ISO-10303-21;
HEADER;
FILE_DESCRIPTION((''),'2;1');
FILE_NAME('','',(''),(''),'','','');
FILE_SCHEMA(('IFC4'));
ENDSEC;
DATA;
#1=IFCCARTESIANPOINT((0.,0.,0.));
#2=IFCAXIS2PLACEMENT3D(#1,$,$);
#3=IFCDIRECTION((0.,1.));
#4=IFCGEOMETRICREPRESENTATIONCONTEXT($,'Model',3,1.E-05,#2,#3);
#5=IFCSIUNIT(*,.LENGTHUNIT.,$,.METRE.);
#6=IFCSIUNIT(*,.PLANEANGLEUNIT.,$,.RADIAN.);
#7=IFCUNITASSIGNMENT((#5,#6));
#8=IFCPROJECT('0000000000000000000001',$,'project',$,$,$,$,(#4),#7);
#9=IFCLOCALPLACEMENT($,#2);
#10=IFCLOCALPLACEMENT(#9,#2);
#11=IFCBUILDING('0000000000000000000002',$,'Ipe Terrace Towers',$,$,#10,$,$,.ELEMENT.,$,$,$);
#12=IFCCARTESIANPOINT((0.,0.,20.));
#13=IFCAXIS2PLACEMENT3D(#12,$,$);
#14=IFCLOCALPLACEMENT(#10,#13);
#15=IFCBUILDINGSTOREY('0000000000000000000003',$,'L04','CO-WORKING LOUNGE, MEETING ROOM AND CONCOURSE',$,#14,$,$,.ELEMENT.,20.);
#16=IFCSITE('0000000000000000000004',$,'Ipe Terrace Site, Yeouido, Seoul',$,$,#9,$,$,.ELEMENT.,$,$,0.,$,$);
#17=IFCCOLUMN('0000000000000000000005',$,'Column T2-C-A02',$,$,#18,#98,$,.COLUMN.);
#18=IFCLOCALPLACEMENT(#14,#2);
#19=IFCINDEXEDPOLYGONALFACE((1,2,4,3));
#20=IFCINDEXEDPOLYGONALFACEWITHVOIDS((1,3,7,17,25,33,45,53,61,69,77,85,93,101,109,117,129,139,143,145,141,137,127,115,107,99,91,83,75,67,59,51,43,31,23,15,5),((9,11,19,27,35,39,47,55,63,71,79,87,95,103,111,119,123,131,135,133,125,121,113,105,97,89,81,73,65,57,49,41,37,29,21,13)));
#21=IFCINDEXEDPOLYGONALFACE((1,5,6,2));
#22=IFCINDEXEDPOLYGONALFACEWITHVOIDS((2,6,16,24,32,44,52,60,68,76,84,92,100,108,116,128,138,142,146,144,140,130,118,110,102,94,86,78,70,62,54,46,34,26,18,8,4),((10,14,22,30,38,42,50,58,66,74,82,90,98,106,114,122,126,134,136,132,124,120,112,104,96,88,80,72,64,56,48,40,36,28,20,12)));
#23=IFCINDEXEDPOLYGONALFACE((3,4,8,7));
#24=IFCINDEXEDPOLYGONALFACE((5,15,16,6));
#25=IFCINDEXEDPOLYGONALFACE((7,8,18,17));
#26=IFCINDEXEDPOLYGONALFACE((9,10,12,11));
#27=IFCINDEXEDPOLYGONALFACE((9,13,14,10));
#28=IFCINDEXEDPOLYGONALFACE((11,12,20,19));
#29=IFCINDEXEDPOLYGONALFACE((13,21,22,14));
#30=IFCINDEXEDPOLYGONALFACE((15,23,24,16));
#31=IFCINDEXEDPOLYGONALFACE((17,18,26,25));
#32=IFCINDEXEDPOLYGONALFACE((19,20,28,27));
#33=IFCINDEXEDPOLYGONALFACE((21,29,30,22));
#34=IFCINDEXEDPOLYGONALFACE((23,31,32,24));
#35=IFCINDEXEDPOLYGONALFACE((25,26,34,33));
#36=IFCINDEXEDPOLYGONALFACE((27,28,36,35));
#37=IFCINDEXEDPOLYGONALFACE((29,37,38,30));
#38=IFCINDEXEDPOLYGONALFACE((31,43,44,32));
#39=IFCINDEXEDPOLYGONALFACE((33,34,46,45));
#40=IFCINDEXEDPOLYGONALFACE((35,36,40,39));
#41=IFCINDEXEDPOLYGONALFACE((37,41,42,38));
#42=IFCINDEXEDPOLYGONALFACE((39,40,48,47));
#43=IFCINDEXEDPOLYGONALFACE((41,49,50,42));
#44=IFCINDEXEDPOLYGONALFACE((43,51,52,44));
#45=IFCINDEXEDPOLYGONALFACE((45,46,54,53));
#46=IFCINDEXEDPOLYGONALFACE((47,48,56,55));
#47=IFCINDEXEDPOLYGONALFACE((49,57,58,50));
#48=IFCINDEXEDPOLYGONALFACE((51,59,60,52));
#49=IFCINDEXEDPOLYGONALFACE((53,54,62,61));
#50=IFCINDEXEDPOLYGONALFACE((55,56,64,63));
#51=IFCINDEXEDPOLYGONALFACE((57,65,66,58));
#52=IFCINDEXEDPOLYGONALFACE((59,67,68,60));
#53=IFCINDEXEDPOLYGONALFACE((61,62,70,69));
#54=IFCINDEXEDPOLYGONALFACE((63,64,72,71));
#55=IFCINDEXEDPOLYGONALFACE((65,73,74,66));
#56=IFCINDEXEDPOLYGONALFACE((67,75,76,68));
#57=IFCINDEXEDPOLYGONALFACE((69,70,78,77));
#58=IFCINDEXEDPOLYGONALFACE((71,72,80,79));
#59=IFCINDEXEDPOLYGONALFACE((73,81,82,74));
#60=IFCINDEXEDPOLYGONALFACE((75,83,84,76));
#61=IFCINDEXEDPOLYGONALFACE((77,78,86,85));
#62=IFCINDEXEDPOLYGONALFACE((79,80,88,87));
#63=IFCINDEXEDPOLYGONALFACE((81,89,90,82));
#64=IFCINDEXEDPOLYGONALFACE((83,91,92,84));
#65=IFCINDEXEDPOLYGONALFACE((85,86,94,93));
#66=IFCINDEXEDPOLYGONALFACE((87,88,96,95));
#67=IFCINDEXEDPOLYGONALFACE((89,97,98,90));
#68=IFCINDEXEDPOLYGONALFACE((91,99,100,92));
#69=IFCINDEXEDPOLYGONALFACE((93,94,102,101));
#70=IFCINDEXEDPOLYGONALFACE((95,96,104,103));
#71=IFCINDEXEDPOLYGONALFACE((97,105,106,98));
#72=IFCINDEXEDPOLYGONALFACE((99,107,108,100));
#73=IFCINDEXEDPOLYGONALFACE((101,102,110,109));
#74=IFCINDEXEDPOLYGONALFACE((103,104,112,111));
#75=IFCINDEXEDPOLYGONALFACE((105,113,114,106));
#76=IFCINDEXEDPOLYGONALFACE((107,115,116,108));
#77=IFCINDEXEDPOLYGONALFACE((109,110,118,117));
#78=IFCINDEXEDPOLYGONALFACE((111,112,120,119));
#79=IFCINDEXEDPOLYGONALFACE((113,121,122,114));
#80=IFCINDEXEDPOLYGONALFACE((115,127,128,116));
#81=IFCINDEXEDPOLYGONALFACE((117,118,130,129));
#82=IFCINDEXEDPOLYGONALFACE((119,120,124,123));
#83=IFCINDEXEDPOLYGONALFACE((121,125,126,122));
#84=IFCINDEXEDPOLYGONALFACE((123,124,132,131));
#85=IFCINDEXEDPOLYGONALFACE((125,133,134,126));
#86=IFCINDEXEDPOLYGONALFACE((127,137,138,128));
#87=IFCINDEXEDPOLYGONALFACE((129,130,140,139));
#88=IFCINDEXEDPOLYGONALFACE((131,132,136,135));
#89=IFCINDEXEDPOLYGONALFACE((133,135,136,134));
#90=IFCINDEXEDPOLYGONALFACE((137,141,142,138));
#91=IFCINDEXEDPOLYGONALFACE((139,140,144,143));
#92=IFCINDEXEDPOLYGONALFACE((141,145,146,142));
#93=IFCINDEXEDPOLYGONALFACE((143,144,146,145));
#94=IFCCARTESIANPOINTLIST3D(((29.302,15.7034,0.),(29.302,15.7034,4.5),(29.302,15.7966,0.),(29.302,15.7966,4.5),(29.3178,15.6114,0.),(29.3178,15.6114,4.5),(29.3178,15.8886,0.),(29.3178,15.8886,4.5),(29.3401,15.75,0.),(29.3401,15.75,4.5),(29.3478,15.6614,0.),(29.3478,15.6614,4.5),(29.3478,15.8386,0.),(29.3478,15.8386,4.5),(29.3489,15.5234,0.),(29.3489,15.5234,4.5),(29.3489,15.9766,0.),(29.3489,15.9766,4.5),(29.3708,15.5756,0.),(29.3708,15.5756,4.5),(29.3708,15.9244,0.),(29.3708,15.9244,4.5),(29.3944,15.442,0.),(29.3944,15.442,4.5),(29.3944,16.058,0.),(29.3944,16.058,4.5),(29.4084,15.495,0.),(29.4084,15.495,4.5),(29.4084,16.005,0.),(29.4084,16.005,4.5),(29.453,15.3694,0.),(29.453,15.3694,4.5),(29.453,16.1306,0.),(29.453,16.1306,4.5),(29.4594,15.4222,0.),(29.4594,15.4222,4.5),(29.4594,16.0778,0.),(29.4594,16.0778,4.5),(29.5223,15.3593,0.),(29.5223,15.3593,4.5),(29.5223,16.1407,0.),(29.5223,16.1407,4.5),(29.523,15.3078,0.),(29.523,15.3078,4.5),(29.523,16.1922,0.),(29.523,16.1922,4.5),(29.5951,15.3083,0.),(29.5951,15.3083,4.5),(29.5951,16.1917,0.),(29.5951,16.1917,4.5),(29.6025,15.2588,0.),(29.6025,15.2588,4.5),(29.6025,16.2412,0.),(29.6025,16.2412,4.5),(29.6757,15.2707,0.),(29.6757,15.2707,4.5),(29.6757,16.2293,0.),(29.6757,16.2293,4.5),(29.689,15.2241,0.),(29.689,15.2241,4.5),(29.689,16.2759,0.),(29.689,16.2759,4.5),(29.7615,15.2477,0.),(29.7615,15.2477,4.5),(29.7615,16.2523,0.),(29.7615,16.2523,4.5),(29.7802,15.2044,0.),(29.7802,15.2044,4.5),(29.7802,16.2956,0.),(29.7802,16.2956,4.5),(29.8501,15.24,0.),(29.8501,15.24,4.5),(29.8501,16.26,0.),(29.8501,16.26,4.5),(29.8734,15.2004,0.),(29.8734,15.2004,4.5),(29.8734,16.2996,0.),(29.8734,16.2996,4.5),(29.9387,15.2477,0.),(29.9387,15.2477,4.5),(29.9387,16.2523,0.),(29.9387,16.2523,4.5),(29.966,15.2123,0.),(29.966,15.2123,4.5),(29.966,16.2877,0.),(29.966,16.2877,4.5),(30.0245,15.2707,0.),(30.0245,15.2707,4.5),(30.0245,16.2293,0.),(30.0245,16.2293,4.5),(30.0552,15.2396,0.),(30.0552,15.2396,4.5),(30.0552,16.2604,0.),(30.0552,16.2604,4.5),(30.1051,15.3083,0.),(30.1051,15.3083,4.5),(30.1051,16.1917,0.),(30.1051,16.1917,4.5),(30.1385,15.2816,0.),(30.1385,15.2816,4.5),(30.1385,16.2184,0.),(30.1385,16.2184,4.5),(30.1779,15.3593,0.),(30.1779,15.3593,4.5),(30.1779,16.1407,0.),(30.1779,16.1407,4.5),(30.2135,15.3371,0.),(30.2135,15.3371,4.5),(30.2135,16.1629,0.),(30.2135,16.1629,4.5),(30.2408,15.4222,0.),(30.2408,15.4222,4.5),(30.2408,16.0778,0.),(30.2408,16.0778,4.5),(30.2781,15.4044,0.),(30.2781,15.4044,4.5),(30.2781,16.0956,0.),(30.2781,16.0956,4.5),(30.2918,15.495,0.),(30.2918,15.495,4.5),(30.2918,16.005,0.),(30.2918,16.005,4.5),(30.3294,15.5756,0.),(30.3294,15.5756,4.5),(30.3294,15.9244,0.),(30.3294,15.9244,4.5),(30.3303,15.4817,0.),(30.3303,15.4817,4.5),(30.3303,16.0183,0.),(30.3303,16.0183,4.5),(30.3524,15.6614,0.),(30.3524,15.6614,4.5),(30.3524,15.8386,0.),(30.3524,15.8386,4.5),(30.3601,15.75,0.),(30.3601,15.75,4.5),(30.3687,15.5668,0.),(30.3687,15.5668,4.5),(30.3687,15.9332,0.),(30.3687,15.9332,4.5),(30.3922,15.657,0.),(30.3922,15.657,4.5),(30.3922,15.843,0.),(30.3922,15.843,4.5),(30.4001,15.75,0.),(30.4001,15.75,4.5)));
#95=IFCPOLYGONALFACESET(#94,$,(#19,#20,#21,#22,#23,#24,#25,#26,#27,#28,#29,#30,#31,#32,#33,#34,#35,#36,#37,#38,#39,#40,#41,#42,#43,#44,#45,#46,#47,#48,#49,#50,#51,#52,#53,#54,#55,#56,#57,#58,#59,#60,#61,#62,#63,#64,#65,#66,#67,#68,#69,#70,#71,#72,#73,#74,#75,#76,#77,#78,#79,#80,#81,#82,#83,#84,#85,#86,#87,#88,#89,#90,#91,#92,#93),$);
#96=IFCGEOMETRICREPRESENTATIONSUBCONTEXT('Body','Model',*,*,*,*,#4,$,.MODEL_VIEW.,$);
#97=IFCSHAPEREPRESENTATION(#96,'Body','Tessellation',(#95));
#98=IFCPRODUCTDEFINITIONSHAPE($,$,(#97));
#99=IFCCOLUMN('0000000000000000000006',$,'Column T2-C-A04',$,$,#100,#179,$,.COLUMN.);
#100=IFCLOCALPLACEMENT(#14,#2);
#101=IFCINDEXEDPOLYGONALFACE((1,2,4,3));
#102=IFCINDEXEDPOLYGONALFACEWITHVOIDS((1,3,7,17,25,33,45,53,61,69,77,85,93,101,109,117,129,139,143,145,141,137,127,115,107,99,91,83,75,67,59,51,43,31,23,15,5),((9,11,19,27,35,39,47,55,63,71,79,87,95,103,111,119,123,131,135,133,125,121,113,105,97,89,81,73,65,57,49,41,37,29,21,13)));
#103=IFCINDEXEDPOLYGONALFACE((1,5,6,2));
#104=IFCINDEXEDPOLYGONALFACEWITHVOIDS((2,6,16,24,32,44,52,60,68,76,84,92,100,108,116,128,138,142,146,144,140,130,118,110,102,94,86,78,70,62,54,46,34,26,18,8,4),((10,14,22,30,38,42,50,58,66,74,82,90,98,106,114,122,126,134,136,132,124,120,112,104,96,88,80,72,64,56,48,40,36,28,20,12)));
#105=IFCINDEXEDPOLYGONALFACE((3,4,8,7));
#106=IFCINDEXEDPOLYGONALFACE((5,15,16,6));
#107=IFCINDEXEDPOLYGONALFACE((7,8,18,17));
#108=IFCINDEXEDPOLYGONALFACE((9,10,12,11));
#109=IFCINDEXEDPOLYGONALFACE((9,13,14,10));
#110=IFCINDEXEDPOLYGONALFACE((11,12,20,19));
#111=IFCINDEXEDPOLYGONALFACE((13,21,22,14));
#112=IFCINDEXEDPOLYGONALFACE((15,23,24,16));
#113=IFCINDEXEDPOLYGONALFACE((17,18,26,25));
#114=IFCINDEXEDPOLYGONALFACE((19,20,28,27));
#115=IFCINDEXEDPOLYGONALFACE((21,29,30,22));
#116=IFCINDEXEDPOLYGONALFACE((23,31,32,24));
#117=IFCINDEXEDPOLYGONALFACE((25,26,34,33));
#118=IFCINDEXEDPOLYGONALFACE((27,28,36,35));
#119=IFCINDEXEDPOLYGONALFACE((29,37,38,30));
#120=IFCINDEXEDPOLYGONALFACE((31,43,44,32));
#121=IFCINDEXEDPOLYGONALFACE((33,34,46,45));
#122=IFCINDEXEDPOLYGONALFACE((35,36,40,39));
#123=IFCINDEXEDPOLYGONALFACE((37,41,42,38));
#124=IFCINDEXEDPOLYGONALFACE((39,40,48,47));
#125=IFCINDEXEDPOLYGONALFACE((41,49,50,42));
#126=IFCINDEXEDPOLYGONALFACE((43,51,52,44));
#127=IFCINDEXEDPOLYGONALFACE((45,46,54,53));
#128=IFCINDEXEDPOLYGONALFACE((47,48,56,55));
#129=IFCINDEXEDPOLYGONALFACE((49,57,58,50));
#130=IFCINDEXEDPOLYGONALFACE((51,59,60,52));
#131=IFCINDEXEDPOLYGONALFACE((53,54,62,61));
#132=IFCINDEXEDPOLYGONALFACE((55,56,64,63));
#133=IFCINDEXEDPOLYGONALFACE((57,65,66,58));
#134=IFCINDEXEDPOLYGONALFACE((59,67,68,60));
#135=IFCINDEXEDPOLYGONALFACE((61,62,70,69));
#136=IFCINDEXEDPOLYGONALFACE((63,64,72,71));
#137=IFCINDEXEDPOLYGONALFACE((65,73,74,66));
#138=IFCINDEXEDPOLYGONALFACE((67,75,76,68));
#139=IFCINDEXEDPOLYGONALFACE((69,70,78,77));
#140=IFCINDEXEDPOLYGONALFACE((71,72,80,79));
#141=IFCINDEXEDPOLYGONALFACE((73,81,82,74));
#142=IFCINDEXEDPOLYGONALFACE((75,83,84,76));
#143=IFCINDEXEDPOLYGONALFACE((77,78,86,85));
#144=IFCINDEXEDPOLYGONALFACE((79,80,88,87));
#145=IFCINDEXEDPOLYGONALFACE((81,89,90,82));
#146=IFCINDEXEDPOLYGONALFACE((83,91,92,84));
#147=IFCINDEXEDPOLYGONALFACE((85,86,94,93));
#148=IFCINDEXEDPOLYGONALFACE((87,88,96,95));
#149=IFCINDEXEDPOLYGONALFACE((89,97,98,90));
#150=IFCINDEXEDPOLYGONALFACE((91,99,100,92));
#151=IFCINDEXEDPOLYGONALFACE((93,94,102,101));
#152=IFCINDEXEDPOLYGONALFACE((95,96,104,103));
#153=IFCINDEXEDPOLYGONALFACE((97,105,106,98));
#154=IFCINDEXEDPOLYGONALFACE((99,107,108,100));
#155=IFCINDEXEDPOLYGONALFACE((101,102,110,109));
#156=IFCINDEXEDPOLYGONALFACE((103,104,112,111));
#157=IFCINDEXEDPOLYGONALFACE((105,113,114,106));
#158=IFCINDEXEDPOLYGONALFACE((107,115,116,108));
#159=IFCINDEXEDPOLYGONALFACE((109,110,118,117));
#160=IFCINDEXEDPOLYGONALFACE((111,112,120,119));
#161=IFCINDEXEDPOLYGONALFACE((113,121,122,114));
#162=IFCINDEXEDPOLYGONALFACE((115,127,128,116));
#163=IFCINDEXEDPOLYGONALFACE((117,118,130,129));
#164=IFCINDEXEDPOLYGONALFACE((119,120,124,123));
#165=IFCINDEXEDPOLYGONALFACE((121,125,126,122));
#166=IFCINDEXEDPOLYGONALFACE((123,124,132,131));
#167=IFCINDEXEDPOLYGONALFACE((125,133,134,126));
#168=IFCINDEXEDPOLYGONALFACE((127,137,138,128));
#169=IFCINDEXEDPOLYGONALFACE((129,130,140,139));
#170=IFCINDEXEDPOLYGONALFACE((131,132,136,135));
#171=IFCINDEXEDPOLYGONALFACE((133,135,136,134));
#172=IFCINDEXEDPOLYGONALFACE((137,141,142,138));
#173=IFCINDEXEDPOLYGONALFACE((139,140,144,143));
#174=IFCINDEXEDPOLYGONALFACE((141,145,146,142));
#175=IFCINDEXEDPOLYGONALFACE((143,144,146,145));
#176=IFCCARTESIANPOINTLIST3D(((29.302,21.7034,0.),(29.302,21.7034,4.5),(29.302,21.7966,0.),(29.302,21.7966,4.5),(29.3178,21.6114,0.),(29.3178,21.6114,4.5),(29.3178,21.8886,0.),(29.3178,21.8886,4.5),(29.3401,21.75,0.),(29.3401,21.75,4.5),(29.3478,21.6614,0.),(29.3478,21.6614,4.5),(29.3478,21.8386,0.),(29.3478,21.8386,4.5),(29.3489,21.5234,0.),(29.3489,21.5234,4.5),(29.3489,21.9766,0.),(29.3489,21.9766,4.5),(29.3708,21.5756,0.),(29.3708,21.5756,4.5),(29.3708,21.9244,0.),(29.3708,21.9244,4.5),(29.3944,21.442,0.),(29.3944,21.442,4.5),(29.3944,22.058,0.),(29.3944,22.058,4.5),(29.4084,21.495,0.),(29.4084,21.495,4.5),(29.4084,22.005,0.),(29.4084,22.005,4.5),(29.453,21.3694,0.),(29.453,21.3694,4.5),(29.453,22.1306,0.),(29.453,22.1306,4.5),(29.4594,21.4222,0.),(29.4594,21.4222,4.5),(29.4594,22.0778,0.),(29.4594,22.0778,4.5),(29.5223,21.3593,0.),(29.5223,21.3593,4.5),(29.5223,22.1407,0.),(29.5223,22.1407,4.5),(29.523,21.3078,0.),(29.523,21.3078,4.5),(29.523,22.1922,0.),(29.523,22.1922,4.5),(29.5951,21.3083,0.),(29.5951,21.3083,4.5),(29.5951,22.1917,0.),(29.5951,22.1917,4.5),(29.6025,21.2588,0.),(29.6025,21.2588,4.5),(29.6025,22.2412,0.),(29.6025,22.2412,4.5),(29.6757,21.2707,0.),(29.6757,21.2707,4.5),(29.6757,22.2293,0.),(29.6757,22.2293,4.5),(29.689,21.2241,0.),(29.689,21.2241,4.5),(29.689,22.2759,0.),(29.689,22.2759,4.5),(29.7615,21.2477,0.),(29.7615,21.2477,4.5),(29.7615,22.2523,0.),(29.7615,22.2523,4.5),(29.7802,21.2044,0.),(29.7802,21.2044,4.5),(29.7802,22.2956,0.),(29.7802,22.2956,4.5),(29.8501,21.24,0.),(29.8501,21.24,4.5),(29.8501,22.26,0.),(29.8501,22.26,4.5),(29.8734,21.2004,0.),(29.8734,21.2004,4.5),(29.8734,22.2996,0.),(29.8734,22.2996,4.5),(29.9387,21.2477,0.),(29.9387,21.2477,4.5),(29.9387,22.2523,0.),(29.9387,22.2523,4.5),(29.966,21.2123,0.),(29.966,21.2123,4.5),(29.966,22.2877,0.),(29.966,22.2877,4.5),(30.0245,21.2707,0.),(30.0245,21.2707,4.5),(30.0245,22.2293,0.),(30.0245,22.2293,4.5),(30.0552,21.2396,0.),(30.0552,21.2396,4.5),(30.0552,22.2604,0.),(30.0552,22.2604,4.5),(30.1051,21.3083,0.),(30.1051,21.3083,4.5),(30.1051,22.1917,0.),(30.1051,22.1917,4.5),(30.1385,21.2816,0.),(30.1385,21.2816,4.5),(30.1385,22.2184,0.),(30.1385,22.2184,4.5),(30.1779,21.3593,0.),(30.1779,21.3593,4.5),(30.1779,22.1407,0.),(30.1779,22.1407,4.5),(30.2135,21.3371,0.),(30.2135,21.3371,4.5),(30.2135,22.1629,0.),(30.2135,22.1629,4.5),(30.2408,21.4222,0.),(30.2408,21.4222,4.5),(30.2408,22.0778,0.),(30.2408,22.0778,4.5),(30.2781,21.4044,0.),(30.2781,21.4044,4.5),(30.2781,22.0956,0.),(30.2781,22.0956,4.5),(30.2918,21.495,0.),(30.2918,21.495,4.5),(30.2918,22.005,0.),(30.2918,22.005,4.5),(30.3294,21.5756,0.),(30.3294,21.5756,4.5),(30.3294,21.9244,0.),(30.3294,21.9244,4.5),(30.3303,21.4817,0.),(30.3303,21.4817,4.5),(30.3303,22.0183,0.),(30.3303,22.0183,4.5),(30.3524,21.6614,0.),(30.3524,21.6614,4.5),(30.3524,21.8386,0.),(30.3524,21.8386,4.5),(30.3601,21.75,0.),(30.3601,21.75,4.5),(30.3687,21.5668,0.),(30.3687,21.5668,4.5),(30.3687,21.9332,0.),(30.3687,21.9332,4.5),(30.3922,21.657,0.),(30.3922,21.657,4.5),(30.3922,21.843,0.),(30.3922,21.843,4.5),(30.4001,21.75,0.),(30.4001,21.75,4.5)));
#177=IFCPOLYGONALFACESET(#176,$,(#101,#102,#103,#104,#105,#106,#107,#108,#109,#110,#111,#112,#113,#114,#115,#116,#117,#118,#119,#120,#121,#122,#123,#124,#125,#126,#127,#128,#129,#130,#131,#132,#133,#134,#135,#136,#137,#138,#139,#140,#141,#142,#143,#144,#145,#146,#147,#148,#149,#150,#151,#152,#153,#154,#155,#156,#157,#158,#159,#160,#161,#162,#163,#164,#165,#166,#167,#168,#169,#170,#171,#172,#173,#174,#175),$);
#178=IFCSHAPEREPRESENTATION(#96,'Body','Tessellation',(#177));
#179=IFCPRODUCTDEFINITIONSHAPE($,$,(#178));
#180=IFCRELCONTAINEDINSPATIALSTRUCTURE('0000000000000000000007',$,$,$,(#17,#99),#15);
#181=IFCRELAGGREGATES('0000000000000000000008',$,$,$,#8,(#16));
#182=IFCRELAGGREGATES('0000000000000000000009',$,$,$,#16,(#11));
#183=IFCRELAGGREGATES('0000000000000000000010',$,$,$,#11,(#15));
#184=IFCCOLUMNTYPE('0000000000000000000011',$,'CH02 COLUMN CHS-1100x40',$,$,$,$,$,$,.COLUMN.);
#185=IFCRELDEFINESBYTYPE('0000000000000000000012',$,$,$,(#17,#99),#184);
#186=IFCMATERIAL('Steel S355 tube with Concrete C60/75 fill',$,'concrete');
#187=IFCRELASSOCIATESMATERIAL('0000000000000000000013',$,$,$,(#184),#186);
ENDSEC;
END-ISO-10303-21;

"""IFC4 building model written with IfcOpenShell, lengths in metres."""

from ifc_helpers import new_model, si_unit, direction, frame, origin, origin_2d, place, context, subcontext, project, spatial, hollow_circle, extrude, material, material_profile, profile_set, type_object, element, save


model = new_model("IFC4")

# Units and contexts
model_context = context("Model", 3, precision=1e-05, world=origin(), true_north=direction((0.0, 1.0)))
body_context = subcontext(model_context, "Body", "Model", "MODEL_VIEW")
ifc_project = project(units=[si_unit("LENGTHUNIT", "METRE"), si_unit("PLANEANGLEUNIT", "RADIAN")], contexts=[model_context])

# Site, building, storey
site_placement = place(None, origin())
site = spatial("IfcSite", under=ifc_project, at=site_placement, Name="Ipe Terrace Site, Yeouido, Seoul", CompositionType="ELEMENT", RefElevation=0.0)
building_placement = place(site_placement, origin())
building = spatial("IfcBuilding", under=site, at=building_placement, Name="Ipe Terrace Towers", CompositionType="ELEMENT")
storey_placement = place(building_placement, frame((0.0, 0.0, 20.0)))
storey = spatial("IfcBuildingStorey", under=building, at=storey_placement, Name="L04", Description="CO-WORKING LOUNGE, MEETING ROOM AND CONCOURSE", CompositionType="ELEMENT", Elevation=20.0)

# Columns
ifc_material_1 = material(Name="Steel S355 tube with Concrete C60/75 fill", Category="concrete")
ifc_material_profile_1 = material_profile(ifc_material_1, hollow_circle(Radius=0.55, WallThickness=0.04, at=origin_2d()), Name="CHS-1100x40")
ifc_profile_set_1 = profile_set([ifc_material_profile_1], Name="Steel S355 tube with Concrete C60/75 fill")
column_type_1 = type_object("IfcColumnType", Name="CH02 COLUMN CHS-1100x40", PredefinedType="COLUMN", material=ifc_profile_set_1)
for number, where, z_axis, x_axis, name in (
    (1, (29.8501, 15.75, 0.0), (0.0, 0.0, 1.0), (1.0, 0.0, 0.0), "Column T2-C-A02"),
    (2, (29.8501, 21.75, 0.0), (0.0, 0.0, 1.0), (1.0, 0.0, 0.0), "Column T2-C-A04"),
):
    element("IfcColumn", number, at=place(storey_placement, frame(where, z_axis=z_axis, x_axis=x_axis)), inside=storey, type_object=column_type_1, Name=name, PredefinedType="COLUMN", context=body_context, shape_type="SweptSolid", body=[
        extrude(hollow_circle(Radius=0.55, WallThickness=0.04, at=origin_2d()), origin(), (0.0, 0.0, 1.0), 4.5),
    ])

save(model, "model.ifc")
